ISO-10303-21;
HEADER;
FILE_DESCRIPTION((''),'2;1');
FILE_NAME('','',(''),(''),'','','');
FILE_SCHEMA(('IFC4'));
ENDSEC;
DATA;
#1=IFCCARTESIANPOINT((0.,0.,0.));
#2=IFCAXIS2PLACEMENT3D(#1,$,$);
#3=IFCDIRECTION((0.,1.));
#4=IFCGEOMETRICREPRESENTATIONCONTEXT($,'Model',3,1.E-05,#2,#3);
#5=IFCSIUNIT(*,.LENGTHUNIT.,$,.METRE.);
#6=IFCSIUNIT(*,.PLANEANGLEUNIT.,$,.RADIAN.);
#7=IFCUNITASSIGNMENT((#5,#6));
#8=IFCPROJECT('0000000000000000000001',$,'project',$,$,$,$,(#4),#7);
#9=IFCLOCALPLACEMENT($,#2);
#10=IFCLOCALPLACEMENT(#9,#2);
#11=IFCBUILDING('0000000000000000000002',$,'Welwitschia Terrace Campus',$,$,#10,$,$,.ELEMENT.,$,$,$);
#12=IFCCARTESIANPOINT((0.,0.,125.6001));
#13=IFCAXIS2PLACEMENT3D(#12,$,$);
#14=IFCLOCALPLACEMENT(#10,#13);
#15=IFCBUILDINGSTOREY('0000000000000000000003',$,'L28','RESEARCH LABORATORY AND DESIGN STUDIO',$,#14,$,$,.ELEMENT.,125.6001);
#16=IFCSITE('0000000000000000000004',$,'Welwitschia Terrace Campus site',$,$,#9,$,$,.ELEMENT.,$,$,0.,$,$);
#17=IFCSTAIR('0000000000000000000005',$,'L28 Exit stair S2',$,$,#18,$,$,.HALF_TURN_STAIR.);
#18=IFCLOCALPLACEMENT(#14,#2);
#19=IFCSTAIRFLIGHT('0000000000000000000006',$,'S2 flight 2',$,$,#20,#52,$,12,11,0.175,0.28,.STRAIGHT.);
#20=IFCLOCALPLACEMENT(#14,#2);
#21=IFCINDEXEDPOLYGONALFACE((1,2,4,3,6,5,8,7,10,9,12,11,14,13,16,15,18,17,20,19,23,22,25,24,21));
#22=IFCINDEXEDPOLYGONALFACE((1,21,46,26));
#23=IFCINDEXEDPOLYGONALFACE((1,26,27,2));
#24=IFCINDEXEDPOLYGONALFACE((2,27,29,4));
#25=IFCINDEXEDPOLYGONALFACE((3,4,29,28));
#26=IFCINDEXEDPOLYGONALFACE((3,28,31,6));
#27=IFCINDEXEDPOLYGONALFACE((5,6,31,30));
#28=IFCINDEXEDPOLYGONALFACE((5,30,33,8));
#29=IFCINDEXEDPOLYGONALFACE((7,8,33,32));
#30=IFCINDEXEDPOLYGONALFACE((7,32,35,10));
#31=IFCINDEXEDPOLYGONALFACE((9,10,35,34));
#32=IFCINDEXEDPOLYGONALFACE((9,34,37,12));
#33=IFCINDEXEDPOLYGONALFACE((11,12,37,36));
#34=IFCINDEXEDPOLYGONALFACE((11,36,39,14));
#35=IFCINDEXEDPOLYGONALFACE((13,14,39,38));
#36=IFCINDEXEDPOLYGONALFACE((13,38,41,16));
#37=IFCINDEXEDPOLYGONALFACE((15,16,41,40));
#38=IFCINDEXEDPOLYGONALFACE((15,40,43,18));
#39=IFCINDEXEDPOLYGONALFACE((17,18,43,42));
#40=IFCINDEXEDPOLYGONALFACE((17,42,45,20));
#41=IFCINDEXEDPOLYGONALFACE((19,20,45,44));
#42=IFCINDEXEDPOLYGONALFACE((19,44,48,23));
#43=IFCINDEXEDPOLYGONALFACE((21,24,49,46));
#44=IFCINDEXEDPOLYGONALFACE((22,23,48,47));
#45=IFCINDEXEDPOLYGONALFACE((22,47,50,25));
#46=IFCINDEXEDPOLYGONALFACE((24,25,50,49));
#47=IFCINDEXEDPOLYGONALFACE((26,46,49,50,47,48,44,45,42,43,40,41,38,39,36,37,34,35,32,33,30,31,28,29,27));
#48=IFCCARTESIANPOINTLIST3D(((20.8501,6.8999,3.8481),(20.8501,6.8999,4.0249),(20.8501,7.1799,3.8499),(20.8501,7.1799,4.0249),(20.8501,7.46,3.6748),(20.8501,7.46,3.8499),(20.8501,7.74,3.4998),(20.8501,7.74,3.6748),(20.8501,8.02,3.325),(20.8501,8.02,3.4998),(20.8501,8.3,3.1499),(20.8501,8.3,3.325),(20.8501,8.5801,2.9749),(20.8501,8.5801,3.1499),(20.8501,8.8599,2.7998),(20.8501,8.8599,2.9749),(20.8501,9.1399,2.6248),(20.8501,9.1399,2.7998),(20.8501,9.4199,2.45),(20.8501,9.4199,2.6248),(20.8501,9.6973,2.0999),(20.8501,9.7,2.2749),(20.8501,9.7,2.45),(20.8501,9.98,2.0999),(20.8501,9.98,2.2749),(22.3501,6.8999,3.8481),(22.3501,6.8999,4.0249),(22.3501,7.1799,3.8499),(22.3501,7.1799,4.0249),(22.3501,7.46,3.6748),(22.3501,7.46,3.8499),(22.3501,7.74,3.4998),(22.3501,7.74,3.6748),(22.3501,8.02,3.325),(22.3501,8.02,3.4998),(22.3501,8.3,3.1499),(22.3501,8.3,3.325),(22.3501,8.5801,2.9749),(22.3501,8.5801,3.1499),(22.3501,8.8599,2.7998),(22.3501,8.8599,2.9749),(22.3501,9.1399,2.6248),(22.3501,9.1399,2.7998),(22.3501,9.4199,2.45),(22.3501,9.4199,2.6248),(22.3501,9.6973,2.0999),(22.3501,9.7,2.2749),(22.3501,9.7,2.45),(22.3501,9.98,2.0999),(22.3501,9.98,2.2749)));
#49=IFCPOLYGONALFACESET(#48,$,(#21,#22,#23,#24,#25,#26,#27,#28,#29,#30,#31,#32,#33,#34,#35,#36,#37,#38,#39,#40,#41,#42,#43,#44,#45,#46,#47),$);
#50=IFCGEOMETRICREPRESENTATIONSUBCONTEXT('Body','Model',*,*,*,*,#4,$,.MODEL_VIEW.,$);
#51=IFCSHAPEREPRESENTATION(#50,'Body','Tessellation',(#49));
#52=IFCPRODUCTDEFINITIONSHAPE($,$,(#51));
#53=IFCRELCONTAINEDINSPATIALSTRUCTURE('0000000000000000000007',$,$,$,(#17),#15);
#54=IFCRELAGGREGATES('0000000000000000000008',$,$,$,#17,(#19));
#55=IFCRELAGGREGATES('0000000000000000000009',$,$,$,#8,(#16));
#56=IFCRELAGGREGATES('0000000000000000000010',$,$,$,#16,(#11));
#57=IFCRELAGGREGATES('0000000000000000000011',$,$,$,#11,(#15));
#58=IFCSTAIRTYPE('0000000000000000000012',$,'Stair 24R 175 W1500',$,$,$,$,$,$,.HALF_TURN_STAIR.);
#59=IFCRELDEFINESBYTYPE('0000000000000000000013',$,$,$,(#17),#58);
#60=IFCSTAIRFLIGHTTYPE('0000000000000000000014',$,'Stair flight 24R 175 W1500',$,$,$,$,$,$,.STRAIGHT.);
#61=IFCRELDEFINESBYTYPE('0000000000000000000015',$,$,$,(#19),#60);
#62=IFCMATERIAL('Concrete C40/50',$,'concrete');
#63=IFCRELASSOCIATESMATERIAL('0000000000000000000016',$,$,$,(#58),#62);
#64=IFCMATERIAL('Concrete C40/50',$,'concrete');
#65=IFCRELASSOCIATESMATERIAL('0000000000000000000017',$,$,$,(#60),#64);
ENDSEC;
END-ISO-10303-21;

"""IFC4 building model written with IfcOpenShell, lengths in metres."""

from ifc_helpers import new_model, si_unit, direction, frame, origin, place, context, subcontext, project, spatial, polyline, outline, extrude, material, type_object, element, aggregate, save


model = new_model("IFC4")

# Units and contexts
model_context = context("Model", 3, precision=1e-05, world=origin(), true_north=direction((0.0, 1.0)))
body_context = subcontext(model_context, "Body", "Model", "MODEL_VIEW")
ifc_project = project(units=[si_unit("LENGTHUNIT", "METRE"), si_unit("PLANEANGLEUNIT", "RADIAN")], contexts=[model_context])

# Site, building, storey
site_placement = place(None, origin())
site = spatial("IfcSite", under=ifc_project, at=site_placement, Name="Welwitschia Terrace Campus site", CompositionType="ELEMENT", RefElevation=0.0)
building_placement = place(site_placement, origin())
building = spatial("IfcBuilding", under=site, at=building_placement, Name="Welwitschia Terrace Campus", CompositionType="ELEMENT")
storey_placement = place(building_placement, frame((0.0, 0.0, 125.6001)))
storey = spatial("IfcBuildingStorey", under=building, at=storey_placement, Name="L28", Description="RESEARCH LABORATORY AND DESIGN STUDIO", CompositionType="ELEMENT", Elevation=125.6001)

# Stair, stair flight
ifc_material_1 = material(Name="Concrete C40/50", Category="concrete")
stair_type = type_object("IfcStairType", Name="Stair 24R 175 W1500", PredefinedType="HALF_TURN_STAIR", material=ifc_material_1)
stair_placement = place(storey_placement, origin())
stair = element("IfcStair", 1, at=stair_placement, inside=storey, type_object=stair_type, Name="L28 Exit stair S2", PredefinedType="HALF_TURN_STAIR")
ifc_material_2 = material(Name="Concrete C40/50", Category="concrete")
stair_flight_type = type_object("IfcStairFlightType", Name="Stair flight 24R 175 W1500", PredefinedType="STRAIGHT", material=ifc_material_2)
stair_flight_1_placement = place(storey_placement, frame((21.6001, 9.98, 2.0999), z_axis=(0.0, 0.0, 1.0), x_axis=(0.0, -1.0, 0.0)))
stair_flight_1 = element("IfcStairFlight", 2, at=stair_flight_1_placement, type_object=stair_flight_type, Name="S2 flight 2", NumberOfRisers=12, NumberOfTreads=11, PredefinedType="STRAIGHT", RiserHeight=0.175, TreadLength=0.28, context=body_context, shape_type="SweptSolid", body=[
    extrude(outline(polyline([(0.0, 0.0), (0.0, 0.175), (0.28, 0.175), (0.28, 0.3501), (0.5601, 0.3501), (0.5601, 0.5249), (0.8401, 0.5249), (0.8401, 0.7), (1.1201, 0.7), (1.1201, 0.875), (1.3999, 0.875), (1.3999, 1.05), (1.6799, 1.05), (1.6799, 1.2251), (1.96, 1.2251), (1.96, 1.3999), (2.24, 1.3999), (2.24, 1.575), (2.52, 1.575), (2.52, 1.75), (2.8, 1.75), (2.8, 1.925), (3.0801, 1.925), (3.0801, 2.1001), (3.0801, 1.7483), (0.2827, 0.0), (0.0, 0.0)])), frame((0.0, 0.75, 0.0), z_axis=(0.0, -1.0, 0.0), x_axis=(1.0, 0.0, 0.0)), (0.0, 0.0, 1.0), 1.5),
])
aggregate(stair, [stair_flight_1])

save(model, "model.ifc")
